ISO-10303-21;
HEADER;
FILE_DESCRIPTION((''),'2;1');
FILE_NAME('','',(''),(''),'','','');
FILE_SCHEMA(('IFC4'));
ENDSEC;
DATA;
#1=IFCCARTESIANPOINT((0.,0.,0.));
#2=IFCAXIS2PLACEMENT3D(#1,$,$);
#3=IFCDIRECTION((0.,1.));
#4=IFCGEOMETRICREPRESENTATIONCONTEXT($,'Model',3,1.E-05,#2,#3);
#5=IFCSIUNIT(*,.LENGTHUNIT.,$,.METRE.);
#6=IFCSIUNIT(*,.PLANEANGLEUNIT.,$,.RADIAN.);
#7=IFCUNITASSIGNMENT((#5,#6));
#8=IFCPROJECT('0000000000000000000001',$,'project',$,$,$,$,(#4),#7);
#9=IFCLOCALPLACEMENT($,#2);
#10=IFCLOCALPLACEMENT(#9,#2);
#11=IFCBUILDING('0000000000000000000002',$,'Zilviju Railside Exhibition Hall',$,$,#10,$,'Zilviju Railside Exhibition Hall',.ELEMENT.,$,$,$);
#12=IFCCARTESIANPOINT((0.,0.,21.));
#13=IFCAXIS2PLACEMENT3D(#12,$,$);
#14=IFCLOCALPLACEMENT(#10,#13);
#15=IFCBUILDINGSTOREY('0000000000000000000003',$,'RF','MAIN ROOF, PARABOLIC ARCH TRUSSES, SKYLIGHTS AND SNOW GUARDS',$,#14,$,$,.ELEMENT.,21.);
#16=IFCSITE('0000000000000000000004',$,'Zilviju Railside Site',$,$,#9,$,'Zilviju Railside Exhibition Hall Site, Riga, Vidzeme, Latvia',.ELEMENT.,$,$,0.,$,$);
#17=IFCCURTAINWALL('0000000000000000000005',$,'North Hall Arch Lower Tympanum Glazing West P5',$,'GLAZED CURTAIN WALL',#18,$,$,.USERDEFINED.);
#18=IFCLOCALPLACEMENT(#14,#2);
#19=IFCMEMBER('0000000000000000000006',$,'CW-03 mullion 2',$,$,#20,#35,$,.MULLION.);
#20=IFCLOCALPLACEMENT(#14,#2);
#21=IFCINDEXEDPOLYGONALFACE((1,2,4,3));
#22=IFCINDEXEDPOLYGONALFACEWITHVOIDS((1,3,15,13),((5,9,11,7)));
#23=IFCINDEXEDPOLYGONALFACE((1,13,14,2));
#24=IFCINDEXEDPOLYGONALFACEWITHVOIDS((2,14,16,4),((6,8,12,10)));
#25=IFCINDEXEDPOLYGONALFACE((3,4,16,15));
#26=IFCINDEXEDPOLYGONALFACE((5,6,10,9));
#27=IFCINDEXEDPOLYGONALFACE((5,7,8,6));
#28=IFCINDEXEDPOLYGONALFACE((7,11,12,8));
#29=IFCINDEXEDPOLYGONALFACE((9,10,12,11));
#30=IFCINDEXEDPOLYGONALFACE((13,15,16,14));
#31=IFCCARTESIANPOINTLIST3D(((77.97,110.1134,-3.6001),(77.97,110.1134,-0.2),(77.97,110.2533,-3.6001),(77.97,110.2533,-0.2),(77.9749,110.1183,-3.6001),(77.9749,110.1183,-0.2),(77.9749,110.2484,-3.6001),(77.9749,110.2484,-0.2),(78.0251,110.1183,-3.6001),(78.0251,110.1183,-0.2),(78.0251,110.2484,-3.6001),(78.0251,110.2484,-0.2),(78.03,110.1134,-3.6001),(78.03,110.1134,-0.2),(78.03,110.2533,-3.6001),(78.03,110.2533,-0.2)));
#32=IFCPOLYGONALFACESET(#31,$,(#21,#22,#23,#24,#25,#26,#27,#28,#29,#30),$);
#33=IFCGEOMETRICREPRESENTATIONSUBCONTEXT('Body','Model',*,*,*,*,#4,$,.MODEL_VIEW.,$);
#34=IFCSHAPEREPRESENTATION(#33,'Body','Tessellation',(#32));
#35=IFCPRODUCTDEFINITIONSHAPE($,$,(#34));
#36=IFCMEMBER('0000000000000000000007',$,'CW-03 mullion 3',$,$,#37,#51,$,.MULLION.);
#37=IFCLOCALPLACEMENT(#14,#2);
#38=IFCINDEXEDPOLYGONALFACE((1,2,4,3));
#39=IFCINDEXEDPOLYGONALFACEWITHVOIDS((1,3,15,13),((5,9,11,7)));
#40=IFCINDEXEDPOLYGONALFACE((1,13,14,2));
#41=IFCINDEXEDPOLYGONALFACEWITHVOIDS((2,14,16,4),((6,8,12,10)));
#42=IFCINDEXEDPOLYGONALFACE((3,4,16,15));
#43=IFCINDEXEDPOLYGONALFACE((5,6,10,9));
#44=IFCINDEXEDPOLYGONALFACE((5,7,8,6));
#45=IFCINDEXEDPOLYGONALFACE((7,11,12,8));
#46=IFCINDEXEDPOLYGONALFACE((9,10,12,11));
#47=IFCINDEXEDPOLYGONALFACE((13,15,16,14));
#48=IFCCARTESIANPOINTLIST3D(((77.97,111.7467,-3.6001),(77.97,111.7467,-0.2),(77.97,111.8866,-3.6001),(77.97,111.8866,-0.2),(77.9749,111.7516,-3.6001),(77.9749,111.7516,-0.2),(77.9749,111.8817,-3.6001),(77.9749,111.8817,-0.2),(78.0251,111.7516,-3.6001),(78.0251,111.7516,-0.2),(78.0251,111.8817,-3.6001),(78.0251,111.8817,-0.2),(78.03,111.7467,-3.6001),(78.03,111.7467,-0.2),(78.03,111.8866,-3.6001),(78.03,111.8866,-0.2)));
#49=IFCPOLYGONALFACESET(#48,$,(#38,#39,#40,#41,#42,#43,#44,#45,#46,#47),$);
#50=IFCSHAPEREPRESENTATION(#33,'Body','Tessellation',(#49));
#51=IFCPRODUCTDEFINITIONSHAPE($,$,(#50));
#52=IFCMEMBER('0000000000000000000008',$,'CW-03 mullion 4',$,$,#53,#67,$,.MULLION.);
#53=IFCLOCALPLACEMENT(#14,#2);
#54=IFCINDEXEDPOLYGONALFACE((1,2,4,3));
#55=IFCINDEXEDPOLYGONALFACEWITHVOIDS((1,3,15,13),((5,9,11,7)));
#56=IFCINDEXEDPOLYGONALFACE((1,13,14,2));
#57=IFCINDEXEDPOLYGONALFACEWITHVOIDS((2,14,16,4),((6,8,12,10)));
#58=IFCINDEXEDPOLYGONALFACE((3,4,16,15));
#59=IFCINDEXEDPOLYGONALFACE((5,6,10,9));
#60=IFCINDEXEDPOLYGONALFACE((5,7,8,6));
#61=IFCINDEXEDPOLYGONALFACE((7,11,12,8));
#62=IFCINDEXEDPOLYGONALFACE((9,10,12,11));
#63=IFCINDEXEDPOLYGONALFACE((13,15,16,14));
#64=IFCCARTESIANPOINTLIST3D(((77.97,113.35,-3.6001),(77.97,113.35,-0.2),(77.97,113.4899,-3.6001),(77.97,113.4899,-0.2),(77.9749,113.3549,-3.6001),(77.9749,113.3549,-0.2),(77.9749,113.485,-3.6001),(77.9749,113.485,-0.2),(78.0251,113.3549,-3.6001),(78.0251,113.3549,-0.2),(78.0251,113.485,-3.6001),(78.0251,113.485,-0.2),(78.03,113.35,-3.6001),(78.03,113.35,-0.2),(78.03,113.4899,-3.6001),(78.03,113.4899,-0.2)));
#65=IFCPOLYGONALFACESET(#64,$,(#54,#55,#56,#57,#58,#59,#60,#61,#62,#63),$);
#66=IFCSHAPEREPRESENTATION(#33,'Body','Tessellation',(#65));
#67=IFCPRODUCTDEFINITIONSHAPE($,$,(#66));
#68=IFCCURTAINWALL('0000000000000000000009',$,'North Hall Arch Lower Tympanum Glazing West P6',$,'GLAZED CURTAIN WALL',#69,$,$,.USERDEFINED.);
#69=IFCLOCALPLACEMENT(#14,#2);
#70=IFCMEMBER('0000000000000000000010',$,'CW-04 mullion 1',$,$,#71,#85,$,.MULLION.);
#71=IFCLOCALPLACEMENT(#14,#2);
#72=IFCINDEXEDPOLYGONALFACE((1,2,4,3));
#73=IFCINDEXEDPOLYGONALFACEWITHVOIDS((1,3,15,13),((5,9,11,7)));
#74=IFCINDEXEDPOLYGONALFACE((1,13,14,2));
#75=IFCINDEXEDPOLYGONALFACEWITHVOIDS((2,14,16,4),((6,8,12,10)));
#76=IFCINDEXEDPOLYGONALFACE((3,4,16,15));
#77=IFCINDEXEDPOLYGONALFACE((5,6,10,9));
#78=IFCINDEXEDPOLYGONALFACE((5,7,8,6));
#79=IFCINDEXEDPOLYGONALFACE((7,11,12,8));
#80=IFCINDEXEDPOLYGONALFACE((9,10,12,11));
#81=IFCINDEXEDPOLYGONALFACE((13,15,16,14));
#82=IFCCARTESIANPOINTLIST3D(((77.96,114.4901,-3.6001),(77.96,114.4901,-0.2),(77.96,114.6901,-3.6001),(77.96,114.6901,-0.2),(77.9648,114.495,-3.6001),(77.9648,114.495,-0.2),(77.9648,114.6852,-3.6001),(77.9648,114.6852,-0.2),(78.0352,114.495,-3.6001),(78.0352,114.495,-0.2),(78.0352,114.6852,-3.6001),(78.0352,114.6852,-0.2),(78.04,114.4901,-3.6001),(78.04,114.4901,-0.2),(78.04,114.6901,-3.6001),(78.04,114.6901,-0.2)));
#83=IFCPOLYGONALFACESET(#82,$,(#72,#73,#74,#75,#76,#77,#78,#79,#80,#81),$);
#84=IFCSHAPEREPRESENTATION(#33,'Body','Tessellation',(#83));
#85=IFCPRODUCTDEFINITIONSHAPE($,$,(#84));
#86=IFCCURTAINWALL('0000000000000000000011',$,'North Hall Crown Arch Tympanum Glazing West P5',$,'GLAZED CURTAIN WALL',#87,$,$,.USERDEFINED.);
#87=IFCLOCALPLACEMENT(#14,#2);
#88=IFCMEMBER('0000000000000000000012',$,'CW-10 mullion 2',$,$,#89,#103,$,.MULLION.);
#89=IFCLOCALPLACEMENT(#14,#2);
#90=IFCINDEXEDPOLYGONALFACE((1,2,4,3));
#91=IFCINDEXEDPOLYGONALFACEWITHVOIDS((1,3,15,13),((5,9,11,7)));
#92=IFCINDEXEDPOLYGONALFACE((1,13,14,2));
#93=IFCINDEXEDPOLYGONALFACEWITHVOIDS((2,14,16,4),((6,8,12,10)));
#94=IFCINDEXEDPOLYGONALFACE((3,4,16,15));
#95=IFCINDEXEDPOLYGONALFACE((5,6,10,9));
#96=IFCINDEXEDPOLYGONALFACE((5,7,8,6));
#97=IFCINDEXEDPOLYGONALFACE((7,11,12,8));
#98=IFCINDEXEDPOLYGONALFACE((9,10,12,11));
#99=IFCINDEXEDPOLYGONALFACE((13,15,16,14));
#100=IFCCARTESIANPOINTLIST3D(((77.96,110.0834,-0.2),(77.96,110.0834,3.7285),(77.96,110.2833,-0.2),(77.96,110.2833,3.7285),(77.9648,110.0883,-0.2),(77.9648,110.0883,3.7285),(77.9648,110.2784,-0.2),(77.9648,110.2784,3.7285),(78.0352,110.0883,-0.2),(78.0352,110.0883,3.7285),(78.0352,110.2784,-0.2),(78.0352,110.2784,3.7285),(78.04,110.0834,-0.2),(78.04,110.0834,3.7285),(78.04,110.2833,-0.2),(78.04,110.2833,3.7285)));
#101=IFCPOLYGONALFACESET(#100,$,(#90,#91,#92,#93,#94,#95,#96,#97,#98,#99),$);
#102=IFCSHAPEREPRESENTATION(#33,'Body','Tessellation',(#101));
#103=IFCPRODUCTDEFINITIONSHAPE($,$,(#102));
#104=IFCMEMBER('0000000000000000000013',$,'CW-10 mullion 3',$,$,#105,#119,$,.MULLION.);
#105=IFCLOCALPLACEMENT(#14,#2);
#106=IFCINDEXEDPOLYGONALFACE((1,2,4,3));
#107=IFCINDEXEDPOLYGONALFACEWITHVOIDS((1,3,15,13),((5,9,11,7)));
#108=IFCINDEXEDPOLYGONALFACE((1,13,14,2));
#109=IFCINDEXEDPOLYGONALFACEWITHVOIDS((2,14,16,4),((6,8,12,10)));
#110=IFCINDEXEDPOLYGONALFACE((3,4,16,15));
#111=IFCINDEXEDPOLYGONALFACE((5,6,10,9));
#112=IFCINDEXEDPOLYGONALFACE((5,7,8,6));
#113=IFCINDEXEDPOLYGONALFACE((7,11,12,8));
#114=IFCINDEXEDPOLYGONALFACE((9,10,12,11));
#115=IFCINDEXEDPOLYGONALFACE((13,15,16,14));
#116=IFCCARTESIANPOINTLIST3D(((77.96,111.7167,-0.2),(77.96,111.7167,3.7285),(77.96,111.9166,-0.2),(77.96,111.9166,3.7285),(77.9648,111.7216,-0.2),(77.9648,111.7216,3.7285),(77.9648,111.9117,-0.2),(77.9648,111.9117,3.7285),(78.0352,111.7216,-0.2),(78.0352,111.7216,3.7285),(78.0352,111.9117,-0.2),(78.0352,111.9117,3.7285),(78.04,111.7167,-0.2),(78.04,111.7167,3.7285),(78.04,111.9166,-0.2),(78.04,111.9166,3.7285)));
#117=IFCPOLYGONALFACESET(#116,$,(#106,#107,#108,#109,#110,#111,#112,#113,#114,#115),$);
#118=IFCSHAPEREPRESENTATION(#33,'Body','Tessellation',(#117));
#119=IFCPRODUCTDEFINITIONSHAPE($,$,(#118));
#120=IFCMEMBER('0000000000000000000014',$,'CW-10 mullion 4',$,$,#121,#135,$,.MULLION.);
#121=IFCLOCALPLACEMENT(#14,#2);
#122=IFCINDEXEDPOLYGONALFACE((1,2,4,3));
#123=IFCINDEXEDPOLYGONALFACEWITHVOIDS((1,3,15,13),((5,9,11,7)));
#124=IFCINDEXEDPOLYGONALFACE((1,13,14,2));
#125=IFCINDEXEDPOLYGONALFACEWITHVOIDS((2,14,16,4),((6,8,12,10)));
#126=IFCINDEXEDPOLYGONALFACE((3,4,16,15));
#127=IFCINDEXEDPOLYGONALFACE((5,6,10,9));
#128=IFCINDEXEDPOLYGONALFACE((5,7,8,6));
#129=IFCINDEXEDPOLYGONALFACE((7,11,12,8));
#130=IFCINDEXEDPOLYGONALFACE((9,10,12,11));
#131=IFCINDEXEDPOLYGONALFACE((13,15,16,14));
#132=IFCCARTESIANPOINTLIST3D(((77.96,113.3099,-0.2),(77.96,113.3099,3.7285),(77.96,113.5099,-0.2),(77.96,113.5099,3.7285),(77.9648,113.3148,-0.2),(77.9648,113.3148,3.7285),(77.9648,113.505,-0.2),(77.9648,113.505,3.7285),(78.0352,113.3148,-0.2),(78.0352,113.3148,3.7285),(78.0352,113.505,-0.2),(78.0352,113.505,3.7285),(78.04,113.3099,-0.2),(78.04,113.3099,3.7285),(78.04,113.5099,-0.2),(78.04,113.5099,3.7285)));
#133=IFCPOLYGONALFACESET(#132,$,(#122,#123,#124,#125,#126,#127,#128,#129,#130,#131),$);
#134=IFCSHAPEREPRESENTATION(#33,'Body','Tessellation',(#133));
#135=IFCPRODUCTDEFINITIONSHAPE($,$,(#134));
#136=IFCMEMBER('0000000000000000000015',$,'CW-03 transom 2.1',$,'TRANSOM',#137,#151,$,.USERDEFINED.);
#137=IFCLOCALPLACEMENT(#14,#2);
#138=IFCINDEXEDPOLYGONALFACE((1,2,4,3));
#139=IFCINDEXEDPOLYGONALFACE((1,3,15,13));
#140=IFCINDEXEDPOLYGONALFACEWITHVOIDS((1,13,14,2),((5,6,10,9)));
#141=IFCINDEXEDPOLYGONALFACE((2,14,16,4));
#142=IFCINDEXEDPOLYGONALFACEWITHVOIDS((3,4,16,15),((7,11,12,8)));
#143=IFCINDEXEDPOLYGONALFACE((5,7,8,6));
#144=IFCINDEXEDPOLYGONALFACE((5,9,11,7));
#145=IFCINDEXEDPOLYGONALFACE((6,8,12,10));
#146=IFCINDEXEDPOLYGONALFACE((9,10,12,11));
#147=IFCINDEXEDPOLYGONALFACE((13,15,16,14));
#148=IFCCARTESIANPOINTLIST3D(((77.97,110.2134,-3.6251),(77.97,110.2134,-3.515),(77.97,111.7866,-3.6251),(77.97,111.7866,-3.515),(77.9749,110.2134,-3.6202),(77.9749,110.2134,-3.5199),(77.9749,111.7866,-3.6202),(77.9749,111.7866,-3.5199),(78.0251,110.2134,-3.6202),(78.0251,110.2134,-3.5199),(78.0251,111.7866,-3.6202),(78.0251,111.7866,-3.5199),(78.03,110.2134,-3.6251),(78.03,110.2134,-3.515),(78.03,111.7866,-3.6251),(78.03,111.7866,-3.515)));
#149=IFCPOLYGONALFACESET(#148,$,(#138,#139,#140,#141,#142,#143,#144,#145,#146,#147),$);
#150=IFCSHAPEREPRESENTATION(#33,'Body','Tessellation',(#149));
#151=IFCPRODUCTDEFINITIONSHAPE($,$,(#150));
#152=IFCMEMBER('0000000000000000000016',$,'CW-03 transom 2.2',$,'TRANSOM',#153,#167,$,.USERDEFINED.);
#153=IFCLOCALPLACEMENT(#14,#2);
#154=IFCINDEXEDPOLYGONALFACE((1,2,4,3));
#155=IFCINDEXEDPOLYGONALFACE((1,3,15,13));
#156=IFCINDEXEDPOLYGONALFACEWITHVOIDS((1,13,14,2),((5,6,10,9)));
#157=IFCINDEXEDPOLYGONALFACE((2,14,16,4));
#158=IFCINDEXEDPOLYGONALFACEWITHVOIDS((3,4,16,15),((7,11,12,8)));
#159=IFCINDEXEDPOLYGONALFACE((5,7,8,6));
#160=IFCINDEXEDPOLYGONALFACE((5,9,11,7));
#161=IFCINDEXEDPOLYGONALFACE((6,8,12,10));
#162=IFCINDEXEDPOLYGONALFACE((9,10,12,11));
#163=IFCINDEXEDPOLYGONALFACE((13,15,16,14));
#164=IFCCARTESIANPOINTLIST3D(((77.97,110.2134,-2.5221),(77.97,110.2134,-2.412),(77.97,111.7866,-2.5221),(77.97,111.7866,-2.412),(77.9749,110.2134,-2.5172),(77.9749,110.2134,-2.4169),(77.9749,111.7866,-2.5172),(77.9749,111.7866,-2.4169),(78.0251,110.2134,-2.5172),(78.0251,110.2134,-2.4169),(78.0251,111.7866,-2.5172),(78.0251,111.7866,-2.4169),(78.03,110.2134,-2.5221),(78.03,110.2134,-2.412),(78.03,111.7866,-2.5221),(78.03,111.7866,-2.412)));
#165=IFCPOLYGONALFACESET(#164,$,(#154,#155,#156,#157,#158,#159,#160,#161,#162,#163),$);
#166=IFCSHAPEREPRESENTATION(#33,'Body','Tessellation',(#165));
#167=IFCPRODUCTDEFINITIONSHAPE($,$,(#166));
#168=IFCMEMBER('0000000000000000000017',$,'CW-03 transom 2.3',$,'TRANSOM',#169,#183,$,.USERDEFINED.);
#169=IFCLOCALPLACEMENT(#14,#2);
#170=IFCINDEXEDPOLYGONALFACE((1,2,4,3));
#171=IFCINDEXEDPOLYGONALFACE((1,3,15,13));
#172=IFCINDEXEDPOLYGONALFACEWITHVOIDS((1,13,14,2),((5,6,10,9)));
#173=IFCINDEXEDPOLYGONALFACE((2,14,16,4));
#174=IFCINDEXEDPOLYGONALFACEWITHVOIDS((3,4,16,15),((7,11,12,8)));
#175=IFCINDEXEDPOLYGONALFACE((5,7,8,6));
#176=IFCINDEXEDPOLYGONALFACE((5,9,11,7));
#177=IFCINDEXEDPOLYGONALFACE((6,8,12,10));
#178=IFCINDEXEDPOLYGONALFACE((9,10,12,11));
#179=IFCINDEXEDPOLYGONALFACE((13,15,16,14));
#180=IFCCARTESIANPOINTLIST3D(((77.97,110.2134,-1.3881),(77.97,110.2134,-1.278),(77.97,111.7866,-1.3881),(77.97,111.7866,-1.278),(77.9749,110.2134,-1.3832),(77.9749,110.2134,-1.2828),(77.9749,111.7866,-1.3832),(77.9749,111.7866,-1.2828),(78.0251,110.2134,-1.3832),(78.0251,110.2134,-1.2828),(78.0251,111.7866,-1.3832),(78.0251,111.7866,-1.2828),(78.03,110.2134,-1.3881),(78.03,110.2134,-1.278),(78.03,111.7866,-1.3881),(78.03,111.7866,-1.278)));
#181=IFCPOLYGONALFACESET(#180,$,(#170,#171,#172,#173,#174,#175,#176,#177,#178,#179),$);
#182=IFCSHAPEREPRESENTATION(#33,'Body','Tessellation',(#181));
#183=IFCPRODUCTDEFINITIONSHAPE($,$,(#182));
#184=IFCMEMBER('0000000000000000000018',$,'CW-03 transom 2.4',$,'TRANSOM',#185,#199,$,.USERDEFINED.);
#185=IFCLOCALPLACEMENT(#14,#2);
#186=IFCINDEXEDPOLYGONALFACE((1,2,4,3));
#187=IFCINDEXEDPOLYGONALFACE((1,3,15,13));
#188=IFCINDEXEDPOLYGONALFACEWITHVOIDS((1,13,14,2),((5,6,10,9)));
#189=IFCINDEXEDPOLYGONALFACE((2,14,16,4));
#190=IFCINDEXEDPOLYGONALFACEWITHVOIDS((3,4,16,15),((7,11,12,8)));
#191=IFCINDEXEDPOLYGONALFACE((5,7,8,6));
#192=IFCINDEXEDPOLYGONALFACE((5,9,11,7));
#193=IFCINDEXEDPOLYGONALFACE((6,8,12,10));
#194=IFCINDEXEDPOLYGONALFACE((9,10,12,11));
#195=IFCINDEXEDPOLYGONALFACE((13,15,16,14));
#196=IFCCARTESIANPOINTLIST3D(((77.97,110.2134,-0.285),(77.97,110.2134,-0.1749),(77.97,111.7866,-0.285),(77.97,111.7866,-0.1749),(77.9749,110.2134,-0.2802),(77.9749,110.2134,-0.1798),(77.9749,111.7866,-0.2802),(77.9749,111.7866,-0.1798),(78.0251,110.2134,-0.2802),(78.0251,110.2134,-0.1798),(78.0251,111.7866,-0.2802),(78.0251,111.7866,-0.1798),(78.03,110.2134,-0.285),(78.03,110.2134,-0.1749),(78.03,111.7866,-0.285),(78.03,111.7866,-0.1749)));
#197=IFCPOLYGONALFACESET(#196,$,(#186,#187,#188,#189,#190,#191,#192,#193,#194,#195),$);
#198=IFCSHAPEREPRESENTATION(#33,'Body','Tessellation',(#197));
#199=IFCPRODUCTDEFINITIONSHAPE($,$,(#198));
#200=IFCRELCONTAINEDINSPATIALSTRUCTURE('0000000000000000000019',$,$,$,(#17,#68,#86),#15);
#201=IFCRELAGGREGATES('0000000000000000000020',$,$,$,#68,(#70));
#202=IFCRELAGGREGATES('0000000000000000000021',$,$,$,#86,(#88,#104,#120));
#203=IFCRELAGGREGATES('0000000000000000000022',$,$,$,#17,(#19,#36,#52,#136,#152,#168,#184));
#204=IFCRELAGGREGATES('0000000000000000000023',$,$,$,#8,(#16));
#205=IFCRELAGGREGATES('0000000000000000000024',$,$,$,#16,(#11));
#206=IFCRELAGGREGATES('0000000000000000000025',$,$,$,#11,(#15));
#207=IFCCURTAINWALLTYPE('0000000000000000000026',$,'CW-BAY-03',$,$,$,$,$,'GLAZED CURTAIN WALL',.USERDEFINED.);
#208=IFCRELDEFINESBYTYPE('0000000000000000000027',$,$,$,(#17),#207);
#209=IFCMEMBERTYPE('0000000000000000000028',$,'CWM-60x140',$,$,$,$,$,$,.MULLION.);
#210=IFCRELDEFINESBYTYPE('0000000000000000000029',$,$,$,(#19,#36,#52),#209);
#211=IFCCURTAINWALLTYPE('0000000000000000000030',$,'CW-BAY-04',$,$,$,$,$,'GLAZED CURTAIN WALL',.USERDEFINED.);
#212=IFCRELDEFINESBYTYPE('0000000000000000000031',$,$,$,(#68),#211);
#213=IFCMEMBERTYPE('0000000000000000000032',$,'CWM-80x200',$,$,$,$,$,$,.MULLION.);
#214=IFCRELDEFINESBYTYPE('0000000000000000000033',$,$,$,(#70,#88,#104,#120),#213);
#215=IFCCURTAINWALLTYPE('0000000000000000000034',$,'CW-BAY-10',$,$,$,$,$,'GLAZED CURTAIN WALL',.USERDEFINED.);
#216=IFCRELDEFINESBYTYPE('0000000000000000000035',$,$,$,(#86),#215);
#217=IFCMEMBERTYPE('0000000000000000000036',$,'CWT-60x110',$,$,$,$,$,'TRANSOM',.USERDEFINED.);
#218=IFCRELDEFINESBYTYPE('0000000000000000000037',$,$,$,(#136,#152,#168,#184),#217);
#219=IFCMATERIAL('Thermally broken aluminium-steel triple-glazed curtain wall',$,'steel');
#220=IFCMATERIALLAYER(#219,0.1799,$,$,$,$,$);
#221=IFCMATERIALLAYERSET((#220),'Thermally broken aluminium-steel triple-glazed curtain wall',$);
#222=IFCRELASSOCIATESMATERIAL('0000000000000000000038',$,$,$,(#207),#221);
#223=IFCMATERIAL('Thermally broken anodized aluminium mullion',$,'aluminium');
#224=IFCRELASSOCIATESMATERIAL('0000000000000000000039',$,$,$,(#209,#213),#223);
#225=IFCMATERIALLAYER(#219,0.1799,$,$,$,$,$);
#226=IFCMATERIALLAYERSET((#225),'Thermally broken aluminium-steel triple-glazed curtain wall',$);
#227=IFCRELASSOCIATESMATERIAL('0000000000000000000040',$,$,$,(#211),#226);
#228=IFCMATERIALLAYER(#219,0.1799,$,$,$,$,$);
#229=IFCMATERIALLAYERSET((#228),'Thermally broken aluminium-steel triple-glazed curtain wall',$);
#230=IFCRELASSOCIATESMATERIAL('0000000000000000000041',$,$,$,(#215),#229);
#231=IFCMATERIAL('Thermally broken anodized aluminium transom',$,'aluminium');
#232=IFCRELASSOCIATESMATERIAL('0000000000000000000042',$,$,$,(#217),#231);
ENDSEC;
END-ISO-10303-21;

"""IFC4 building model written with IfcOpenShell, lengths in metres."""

from ifc_helpers import new_model, si_unit, direction, frame, origin, origin_2d, place, context, subcontext, project, spatial, hollow_rectangle, extrude, material, layer, layer_set, material_profile, profile_set, type_object, element, aggregate, save


model = new_model("IFC4")

# Units and contexts
model_context = context("Model", 3, precision=1e-05, world=origin(), true_north=direction((0.0, 1.0)))
body_context = subcontext(model_context, "Body", "Model", "MODEL_VIEW")
ifc_project = project(units=[si_unit("LENGTHUNIT", "METRE"), si_unit("PLANEANGLEUNIT", "RADIAN")], contexts=[model_context])

# Site, building, storey
site_placement = place(None, origin())
site = spatial("IfcSite", under=ifc_project, at=site_placement, Name="Zilviju Railside Site", LongName="Zilviju Railside Exhibition Hall Site, Riga, Vidzeme, Latvia", CompositionType="ELEMENT", RefElevation=0.0)
building_placement = place(site_placement, origin())
building = spatial("IfcBuilding", under=site, at=building_placement, Name="Zilviju Railside Exhibition Hall", LongName="Zilviju Railside Exhibition Hall", CompositionType="ELEMENT")
storey_placement = place(building_placement, frame((0.0, 0.0, 21.0)))
storey = spatial("IfcBuildingStorey", under=building, at=storey_placement, Name="RF", Description="MAIN ROOF, PARABOLIC ARCH TRUSSES, SKYLIGHTS AND SNOW GUARDS", CompositionType="ELEMENT", Elevation=21.0)

# Curtain wall, members
ifc_material_1 = material(Name="Thermally broken aluminium-steel triple-glazed curtain wall", Category="steel")
ifc_layer_1 = layer(ifc_material_1, 0.1799)
ifc_layer_set_1 = layer_set([ifc_layer_1], Name="Thermally broken aluminium-steel triple-glazed curtain wall")
curtain_wall_type_1 = type_object("IfcCurtainWallType", Name="CW-BAY-03", ElementType="GLAZED CURTAIN WALL", PredefinedType="USERDEFINED", material=ifc_layer_set_1)
curtain_wall_1_placement = place(storey_placement, origin())
curtain_wall_1 = element("IfcCurtainWall", 1, at=curtain_wall_1_placement, inside=storey, type_object=curtain_wall_type_1, Name="North Hall Arch Lower Tympanum Glazing West P5", ObjectType="GLAZED CURTAIN WALL", PredefinedType="USERDEFINED")
ifc_material_2 = material(Name="Thermally broken anodized aluminium mullion", Category="aluminium")
ifc_material_profile_1 = material_profile(ifc_material_2, hollow_rectangle(XDim=0.0601, YDim=0.1399, WallThickness=0.0049, at=origin_2d()), Name="MULLION 140x60x5")
ifc_profile_set_1 = profile_set([ifc_material_profile_1], Name="Thermally broken anodized aluminium mullion")
member_type_1 = type_object("IfcMemberType", Name="CWM-60x140", PredefinedType="MULLION", material=ifc_profile_set_1)
member_1_placement = place(storey_placement, frame((78.0, 110.1833, -3.6001), z_axis=(0.0, 0.0, 1.0), x_axis=(-1.0, 0.0, 0.0)))
member_1 = element("IfcMember", 2, at=member_1_placement, type_object=member_type_1, Name="CW-03 mullion 2", PredefinedType="MULLION", context=body_context, shape_type="SweptSolid", body=[
    extrude(hollow_rectangle(XDim=0.0601, YDim=0.1399, WallThickness=0.0049, at=origin_2d()), origin(), (0.0, 0.0, 1.0), 3.4001),
])
member_2_placement = place(storey_placement, frame((78.0, 111.8167, -3.6001), z_axis=(0.0, 0.0, 1.0), x_axis=(-1.0, 0.0, 0.0)))
member_2 = element("IfcMember", 3, at=member_2_placement, type_object=member_type_1, Name="CW-03 mullion 3", PredefinedType="MULLION", context=body_context, shape_type="SweptSolid", body=[
    extrude(hollow_rectangle(XDim=0.0601, YDim=0.1399, WallThickness=0.0049, at=origin_2d()), origin(), (0.0, 0.0, 1.0), 3.4001),
])
member_3_placement = place(storey_placement, frame((78.0, 113.4199, -3.6001), z_axis=(0.0, 0.0, 1.0), x_axis=(-1.0, 0.0, 0.0)))
member_3 = element("IfcMember", 4, at=member_3_placement, type_object=member_type_1, Name="CW-03 mullion 4", PredefinedType="MULLION", context=body_context, shape_type="SweptSolid", body=[
    extrude(hollow_rectangle(XDim=0.0601, YDim=0.1399, WallThickness=0.0049, at=origin_2d()), origin(), (0.0, 0.0, 1.0), 3.4001),
])

# Curtain wall, member
ifc_layer_2 = layer(ifc_material_1, 0.1799)
ifc_layer_set_2 = layer_set([ifc_layer_2], Name="Thermally broken aluminium-steel triple-glazed curtain wall")
curtain_wall_type_2 = type_object("IfcCurtainWallType", Name="CW-BAY-04", ElementType="GLAZED CURTAIN WALL", PredefinedType="USERDEFINED", material=ifc_layer_set_2)
curtain_wall_2_placement = place(storey_placement, origin())
curtain_wall_2 = element("IfcCurtainWall", 5, at=curtain_wall_2_placement, inside=storey, type_object=curtain_wall_type_2, Name="North Hall Arch Lower Tympanum Glazing West P6", ObjectType="GLAZED CURTAIN WALL", PredefinedType="USERDEFINED")
ifc_material_profile_2 = material_profile(ifc_material_2, hollow_rectangle(XDim=0.0801, YDim=0.2, WallThickness=0.0049, at=origin_2d()), Name="MULLION 200x80x5")
ifc_profile_set_2 = profile_set([ifc_material_profile_2], Name="Thermally broken anodized aluminium mullion")
member_type_2 = type_object("IfcMemberType", Name="CWM-80x200", PredefinedType="MULLION", material=ifc_profile_set_2)
member_4_placement = place(storey_placement, frame((78.0, 114.5901, -3.6001), z_axis=(0.0, 0.0, 1.0), x_axis=(-1.0, 0.0, 0.0)))
member_4 = element("IfcMember", 6, at=member_4_placement, type_object=member_type_2, Name="CW-04 mullion 1", PredefinedType="MULLION", context=body_context, shape_type="SweptSolid", body=[
    extrude(hollow_rectangle(XDim=0.0801, YDim=0.2, WallThickness=0.0049, at=origin_2d()), origin(), (0.0, 0.0, 1.0), 3.4001),
])
aggregate(curtain_wall_2, [member_4])

# Curtain wall, members
ifc_layer_3 = layer(ifc_material_1, 0.1799)
ifc_layer_set_3 = layer_set([ifc_layer_3], Name="Thermally broken aluminium-steel triple-glazed curtain wall")
curtain_wall_type_3 = type_object("IfcCurtainWallType", Name="CW-BAY-10", ElementType="GLAZED CURTAIN WALL", PredefinedType="USERDEFINED", material=ifc_layer_set_3)
curtain_wall_3_placement = place(storey_placement, origin())
curtain_wall_3 = element("IfcCurtainWall", 7, at=curtain_wall_3_placement, inside=storey, type_object=curtain_wall_type_3, Name="North Hall Crown Arch Tympanum Glazing West P5", ObjectType="GLAZED CURTAIN WALL", PredefinedType="USERDEFINED")
member_5_placement = place(storey_placement, frame((78.0, 110.1833, -0.2), z_axis=(0.0, 0.0, 1.0), x_axis=(-1.0, 0.0, 0.0)))
member_5 = element("IfcMember", 8, at=member_5_placement, type_object=member_type_2, Name="CW-10 mullion 2", PredefinedType="MULLION", context=body_context, shape_type="SweptSolid", body=[
    extrude(hollow_rectangle(XDim=0.0801, YDim=0.2, WallThickness=0.0049, at=origin_2d()), origin(), (0.0, 0.0, 1.0), 3.9285),
])
member_6_placement = place(storey_placement, frame((78.0, 111.8167, -0.2), z_axis=(0.0, 0.0, 1.0), x_axis=(-1.0, 0.0, 0.0)))
member_6 = element("IfcMember", 9, at=member_6_placement, type_object=member_type_2, Name="CW-10 mullion 3", PredefinedType="MULLION", context=body_context, shape_type="SweptSolid", body=[
    extrude(hollow_rectangle(XDim=0.0801, YDim=0.2, WallThickness=0.0049, at=origin_2d()), origin(), (0.0, 0.0, 1.0), 3.9285),
])
member_7_placement = place(storey_placement, frame((78.0, 113.4099, -0.2), z_axis=(0.0, 0.0, 1.0), x_axis=(-1.0, 0.0, 0.0)))
member_7 = element("IfcMember", 10, at=member_7_placement, type_object=member_type_2, Name="CW-10 mullion 4", PredefinedType="MULLION", context=body_context, shape_type="SweptSolid", body=[
    extrude(hollow_rectangle(XDim=0.0801, YDim=0.2, WallThickness=0.0049, at=origin_2d()), origin(), (0.0, 0.0, 1.0), 3.9285),
])
aggregate(curtain_wall_3, [member_5, member_6, member_7])

# Members
ifc_material_3 = material(Name="Thermally broken anodized aluminium transom", Category="aluminium")
ifc_material_profile_3 = material_profile(ifc_material_3, hollow_rectangle(XDim=0.0601, YDim=0.1101, WallThickness=0.0049, at=origin_2d()), Name="TRANSOM 110x60x5")
ifc_profile_set_3 = profile_set([ifc_material_profile_3], Name="Thermally broken anodized aluminium transom")
member_type_3 = type_object("IfcMemberType", Name="CWT-60x110", ElementType="TRANSOM", PredefinedType="USERDEFINED", material=ifc_profile_set_3)
member_8_placement = place(storey_placement, frame((78.0, 110.2134, -3.5701), z_axis=(0.0, 1.0, 0.0), x_axis=(-1.0, 0.0, 0.0)))
member_8 = element("IfcMember", 11, at=member_8_placement, type_object=member_type_3, Name="CW-03 transom 2.1", ObjectType="TRANSOM", PredefinedType="USERDEFINED", context=body_context, shape_type="SweptSolid", body=[
    extrude(hollow_rectangle(XDim=0.0601, YDim=0.1101, WallThickness=0.0049, at=origin_2d()), origin(), (0.0, 0.0, 1.0), 1.5732),
])
member_9_placement = place(storey_placement, frame((78.0, 110.2134, -2.467), z_axis=(0.0, 1.0, 0.0), x_axis=(-1.0, 0.0, 0.0)))
member_9 = element("IfcMember", 12, at=member_9_placement, type_object=member_type_3, Name="CW-03 transom 2.2", ObjectType="TRANSOM", PredefinedType="USERDEFINED", context=body_context, shape_type="SweptSolid", body=[
    extrude(hollow_rectangle(XDim=0.0601, YDim=0.1101, WallThickness=0.0049, at=origin_2d()), origin(), (0.0, 0.0, 1.0), 1.5732),
])
member_10_placement = place(storey_placement, frame((78.0, 110.2134, -1.333), z_axis=(0.0, 1.0, 0.0), x_axis=(-1.0, 0.0, 0.0)))
member_10 = element("IfcMember", 13, at=member_10_placement, type_object=member_type_3, Name="CW-03 transom 2.3", ObjectType="TRANSOM", PredefinedType="USERDEFINED", context=body_context, shape_type="SweptSolid", body=[
    extrude(hollow_rectangle(XDim=0.0601, YDim=0.1101, WallThickness=0.0049, at=origin_2d()), origin(), (0.0, 0.0, 1.0), 1.5732),
])
member_11_placement = place(storey_placement, frame((78.0, 110.2134, -0.23), z_axis=(0.0, 1.0, 0.0), x_axis=(-1.0, 0.0, 0.0)))
member_11 = element("IfcMember", 14, at=member_11_placement, type_object=member_type_3, Name="CW-03 transom 2.4", ObjectType="TRANSOM", PredefinedType="USERDEFINED", context=body_context, shape_type="SweptSolid", body=[
    extrude(hollow_rectangle(XDim=0.0601, YDim=0.1101, WallThickness=0.0049, at=origin_2d()), origin(), (0.0, 0.0, 1.0), 1.5732),
])

aggregate(curtain_wall_1, [member_1, member_2, member_3, member_8, member_9, member_10, member_11])

save(model, "model.ifc")
